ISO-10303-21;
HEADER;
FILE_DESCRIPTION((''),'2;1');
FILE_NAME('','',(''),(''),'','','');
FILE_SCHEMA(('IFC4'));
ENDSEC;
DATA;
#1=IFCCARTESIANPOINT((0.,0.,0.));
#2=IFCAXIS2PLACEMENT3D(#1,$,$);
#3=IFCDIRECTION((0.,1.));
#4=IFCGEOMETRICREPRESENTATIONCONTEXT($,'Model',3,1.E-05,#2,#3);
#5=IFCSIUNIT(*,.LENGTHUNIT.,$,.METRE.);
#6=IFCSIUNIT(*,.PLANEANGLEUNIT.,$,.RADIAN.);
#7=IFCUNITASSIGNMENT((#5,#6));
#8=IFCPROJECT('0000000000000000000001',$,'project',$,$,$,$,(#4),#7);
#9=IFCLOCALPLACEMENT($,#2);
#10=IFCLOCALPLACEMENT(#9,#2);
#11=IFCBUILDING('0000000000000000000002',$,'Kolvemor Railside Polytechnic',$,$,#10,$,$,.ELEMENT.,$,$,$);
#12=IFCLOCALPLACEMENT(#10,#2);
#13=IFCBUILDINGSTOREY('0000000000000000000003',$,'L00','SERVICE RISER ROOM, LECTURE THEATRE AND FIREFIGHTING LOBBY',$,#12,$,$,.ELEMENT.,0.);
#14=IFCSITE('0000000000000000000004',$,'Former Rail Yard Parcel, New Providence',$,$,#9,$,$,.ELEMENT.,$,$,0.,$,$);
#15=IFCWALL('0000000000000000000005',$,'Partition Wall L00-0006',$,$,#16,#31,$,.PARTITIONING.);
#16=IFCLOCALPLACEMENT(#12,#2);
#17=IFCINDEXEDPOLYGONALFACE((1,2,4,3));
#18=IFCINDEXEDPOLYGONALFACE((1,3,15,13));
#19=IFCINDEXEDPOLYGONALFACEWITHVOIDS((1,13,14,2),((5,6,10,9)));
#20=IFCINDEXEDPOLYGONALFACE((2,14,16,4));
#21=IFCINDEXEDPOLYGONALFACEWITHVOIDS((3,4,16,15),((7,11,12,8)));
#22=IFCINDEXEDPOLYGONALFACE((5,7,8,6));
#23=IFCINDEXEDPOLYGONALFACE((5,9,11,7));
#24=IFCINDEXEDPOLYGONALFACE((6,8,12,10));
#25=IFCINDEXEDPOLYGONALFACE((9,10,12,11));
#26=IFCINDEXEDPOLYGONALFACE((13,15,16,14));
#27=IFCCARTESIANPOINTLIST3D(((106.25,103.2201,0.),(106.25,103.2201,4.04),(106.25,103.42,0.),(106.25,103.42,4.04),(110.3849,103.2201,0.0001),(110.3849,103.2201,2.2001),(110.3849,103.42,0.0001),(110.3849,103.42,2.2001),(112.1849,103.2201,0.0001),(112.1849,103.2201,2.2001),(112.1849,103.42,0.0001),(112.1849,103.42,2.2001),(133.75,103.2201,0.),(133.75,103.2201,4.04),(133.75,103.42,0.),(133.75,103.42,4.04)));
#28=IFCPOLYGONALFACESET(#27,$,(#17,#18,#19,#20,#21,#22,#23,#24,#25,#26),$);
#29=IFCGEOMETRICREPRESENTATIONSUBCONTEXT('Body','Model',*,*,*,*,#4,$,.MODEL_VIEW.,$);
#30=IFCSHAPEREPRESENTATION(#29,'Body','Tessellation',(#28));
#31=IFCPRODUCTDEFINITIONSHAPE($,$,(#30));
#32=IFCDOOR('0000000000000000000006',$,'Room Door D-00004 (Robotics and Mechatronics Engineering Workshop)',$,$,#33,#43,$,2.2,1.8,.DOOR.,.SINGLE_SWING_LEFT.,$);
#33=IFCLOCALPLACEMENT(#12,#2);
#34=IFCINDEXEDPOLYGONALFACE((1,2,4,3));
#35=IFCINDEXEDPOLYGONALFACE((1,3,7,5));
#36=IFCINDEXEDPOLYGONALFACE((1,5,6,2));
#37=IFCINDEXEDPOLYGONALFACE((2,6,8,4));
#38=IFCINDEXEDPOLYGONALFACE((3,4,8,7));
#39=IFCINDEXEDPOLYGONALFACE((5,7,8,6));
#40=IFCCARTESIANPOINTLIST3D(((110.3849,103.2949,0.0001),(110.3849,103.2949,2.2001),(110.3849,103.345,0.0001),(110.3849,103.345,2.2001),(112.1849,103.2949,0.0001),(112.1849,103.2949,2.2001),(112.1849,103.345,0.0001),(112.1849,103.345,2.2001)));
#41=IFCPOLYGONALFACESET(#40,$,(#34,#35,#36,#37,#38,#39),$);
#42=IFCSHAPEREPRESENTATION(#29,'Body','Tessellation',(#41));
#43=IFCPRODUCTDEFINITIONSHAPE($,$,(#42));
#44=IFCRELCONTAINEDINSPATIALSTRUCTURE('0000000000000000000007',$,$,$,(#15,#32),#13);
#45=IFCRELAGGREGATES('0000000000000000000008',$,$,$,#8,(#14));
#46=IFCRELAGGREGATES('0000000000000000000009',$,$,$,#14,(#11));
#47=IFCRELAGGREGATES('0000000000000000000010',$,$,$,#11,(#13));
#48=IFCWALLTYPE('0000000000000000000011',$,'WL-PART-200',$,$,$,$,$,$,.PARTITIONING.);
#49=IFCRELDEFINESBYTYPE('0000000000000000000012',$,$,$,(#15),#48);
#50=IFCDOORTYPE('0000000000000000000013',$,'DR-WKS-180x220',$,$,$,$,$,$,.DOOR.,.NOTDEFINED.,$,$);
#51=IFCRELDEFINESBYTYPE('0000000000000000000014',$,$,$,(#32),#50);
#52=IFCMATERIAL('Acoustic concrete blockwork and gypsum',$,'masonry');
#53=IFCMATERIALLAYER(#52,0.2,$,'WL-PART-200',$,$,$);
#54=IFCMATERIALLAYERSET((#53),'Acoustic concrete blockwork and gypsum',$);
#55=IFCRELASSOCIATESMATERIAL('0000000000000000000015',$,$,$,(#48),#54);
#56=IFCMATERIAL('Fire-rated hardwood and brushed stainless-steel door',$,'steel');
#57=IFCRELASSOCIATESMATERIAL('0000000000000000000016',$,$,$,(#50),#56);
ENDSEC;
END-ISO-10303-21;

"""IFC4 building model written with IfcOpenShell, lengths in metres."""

from ifc_helpers import new_model, si_unit, direction, frame, frame_2d, origin, place, context, subcontext, project, spatial, rectangle, extrude, material, layer, layer_set, type_object, element, fill, save


model = new_model("IFC4")

# Units and contexts
model_context = context("Model", 3, precision=1e-05, world=origin(), true_north=direction((0.0, 1.0)))
body_context = subcontext(model_context, "Body", "Model", "MODEL_VIEW")
ifc_project = project(units=[si_unit("LENGTHUNIT", "METRE"), si_unit("PLANEANGLEUNIT", "RADIAN")], contexts=[model_context])

# Site, building, storey
site_placement = place(None, origin())
site = spatial("IfcSite", under=ifc_project, at=site_placement, Name="Former Rail Yard Parcel, New Providence", CompositionType="ELEMENT", RefElevation=0.0)
building_placement = place(site_placement, origin())
building = spatial("IfcBuilding", under=site, at=building_placement, Name="Kolvemor Railside Polytechnic", CompositionType="ELEMENT")
storey_placement = place(building_placement, origin())
storey = spatial("IfcBuildingStorey", under=building, at=storey_placement, Name="L00", Description="SERVICE RISER ROOM, LECTURE THEATRE AND FIREFIGHTING LOBBY", CompositionType="ELEMENT", Elevation=0.0)

# Shared definitions
ifc_material_1 = material(Name="Acoustic concrete blockwork and gypsum", Category="masonry")
ifc_layer_1 = layer(ifc_material_1, 0.2, Name="WL-PART-200")
ifc_layer_set_1 = layer_set([ifc_layer_1], Name="Acoustic concrete blockwork and gypsum")
wall_type = type_object("IfcWallType", Name="WL-PART-200", PredefinedType="PARTITIONING", material=ifc_layer_set_1)

# Wall, opening, door
wall_1_placement = place(storey_placement, frame((106.25, 103.3201, 0.0), z_axis=(0.0, 0.0, 1.0), x_axis=(1.0, 0.0, 0.0)))
wall_1 = element("IfcWall", 1, at=wall_1_placement, inside=storey, type_object=wall_type, Name="Partition Wall L00-0006", PredefinedType="PARTITIONING", context=body_context, shape_type="SweptSolid", body=[
    extrude(rectangle(XDim=27.5, YDim=0.2, at=frame_2d((13.75, 0.0))), origin(), (0.0, 0.0, 1.0), 4.04),
])
opening_placement = place(wall_1_placement, frame((4.135, 0.0, 0.0)))
opening = element("IfcOpeningElement", 2, at=opening_placement, cuts=wall_1, PredefinedType="OPENING", context=body_context, shape_type="SweptSolid", body=[
    extrude(rectangle(XDim=1.8, YDim=2.2, at=frame_2d((0.8999, 1.1001))), frame((0.0, 0.1099, 0.0), z_axis=(0.0, -1.0, 0.0), x_axis=(1.0, 0.0, 0.0)), (0.0, 0.0, 1.0), 0.22),
])
ifc_material_2 = material(Name="Fire-rated hardwood and brushed stainless-steel door", Category="steel")
door_type = type_object("IfcDoorType", Name="DR-WKS-180x220", OperationType="NOTDEFINED", PredefinedType="DOOR", material=ifc_material_2)
door_placement = place(opening_placement, origin())
door = element("IfcDoor", 3, at=door_placement, inside=storey, type_object=door_type, Name="Room Door D-00004 (Robotics and Mechatronics Engineering Workshop)", OperationType="SINGLE_SWING_LEFT", OverallHeight=2.2, OverallWidth=1.8, PredefinedType="DOOR", context=body_context, shape_type="SweptSolid", body=[
    extrude(rectangle(XDim=1.8, YDim=2.2, at=frame_2d((0.8999, 1.1001))), frame((0.0, 0.0249, 0.0), z_axis=(0.0, -1.0, 0.0), x_axis=(1.0, 0.0, 0.0)), (0.0, 0.0, 1.0), 0.05),
])
fill(opening, door)

save(model, "model.ifc")
